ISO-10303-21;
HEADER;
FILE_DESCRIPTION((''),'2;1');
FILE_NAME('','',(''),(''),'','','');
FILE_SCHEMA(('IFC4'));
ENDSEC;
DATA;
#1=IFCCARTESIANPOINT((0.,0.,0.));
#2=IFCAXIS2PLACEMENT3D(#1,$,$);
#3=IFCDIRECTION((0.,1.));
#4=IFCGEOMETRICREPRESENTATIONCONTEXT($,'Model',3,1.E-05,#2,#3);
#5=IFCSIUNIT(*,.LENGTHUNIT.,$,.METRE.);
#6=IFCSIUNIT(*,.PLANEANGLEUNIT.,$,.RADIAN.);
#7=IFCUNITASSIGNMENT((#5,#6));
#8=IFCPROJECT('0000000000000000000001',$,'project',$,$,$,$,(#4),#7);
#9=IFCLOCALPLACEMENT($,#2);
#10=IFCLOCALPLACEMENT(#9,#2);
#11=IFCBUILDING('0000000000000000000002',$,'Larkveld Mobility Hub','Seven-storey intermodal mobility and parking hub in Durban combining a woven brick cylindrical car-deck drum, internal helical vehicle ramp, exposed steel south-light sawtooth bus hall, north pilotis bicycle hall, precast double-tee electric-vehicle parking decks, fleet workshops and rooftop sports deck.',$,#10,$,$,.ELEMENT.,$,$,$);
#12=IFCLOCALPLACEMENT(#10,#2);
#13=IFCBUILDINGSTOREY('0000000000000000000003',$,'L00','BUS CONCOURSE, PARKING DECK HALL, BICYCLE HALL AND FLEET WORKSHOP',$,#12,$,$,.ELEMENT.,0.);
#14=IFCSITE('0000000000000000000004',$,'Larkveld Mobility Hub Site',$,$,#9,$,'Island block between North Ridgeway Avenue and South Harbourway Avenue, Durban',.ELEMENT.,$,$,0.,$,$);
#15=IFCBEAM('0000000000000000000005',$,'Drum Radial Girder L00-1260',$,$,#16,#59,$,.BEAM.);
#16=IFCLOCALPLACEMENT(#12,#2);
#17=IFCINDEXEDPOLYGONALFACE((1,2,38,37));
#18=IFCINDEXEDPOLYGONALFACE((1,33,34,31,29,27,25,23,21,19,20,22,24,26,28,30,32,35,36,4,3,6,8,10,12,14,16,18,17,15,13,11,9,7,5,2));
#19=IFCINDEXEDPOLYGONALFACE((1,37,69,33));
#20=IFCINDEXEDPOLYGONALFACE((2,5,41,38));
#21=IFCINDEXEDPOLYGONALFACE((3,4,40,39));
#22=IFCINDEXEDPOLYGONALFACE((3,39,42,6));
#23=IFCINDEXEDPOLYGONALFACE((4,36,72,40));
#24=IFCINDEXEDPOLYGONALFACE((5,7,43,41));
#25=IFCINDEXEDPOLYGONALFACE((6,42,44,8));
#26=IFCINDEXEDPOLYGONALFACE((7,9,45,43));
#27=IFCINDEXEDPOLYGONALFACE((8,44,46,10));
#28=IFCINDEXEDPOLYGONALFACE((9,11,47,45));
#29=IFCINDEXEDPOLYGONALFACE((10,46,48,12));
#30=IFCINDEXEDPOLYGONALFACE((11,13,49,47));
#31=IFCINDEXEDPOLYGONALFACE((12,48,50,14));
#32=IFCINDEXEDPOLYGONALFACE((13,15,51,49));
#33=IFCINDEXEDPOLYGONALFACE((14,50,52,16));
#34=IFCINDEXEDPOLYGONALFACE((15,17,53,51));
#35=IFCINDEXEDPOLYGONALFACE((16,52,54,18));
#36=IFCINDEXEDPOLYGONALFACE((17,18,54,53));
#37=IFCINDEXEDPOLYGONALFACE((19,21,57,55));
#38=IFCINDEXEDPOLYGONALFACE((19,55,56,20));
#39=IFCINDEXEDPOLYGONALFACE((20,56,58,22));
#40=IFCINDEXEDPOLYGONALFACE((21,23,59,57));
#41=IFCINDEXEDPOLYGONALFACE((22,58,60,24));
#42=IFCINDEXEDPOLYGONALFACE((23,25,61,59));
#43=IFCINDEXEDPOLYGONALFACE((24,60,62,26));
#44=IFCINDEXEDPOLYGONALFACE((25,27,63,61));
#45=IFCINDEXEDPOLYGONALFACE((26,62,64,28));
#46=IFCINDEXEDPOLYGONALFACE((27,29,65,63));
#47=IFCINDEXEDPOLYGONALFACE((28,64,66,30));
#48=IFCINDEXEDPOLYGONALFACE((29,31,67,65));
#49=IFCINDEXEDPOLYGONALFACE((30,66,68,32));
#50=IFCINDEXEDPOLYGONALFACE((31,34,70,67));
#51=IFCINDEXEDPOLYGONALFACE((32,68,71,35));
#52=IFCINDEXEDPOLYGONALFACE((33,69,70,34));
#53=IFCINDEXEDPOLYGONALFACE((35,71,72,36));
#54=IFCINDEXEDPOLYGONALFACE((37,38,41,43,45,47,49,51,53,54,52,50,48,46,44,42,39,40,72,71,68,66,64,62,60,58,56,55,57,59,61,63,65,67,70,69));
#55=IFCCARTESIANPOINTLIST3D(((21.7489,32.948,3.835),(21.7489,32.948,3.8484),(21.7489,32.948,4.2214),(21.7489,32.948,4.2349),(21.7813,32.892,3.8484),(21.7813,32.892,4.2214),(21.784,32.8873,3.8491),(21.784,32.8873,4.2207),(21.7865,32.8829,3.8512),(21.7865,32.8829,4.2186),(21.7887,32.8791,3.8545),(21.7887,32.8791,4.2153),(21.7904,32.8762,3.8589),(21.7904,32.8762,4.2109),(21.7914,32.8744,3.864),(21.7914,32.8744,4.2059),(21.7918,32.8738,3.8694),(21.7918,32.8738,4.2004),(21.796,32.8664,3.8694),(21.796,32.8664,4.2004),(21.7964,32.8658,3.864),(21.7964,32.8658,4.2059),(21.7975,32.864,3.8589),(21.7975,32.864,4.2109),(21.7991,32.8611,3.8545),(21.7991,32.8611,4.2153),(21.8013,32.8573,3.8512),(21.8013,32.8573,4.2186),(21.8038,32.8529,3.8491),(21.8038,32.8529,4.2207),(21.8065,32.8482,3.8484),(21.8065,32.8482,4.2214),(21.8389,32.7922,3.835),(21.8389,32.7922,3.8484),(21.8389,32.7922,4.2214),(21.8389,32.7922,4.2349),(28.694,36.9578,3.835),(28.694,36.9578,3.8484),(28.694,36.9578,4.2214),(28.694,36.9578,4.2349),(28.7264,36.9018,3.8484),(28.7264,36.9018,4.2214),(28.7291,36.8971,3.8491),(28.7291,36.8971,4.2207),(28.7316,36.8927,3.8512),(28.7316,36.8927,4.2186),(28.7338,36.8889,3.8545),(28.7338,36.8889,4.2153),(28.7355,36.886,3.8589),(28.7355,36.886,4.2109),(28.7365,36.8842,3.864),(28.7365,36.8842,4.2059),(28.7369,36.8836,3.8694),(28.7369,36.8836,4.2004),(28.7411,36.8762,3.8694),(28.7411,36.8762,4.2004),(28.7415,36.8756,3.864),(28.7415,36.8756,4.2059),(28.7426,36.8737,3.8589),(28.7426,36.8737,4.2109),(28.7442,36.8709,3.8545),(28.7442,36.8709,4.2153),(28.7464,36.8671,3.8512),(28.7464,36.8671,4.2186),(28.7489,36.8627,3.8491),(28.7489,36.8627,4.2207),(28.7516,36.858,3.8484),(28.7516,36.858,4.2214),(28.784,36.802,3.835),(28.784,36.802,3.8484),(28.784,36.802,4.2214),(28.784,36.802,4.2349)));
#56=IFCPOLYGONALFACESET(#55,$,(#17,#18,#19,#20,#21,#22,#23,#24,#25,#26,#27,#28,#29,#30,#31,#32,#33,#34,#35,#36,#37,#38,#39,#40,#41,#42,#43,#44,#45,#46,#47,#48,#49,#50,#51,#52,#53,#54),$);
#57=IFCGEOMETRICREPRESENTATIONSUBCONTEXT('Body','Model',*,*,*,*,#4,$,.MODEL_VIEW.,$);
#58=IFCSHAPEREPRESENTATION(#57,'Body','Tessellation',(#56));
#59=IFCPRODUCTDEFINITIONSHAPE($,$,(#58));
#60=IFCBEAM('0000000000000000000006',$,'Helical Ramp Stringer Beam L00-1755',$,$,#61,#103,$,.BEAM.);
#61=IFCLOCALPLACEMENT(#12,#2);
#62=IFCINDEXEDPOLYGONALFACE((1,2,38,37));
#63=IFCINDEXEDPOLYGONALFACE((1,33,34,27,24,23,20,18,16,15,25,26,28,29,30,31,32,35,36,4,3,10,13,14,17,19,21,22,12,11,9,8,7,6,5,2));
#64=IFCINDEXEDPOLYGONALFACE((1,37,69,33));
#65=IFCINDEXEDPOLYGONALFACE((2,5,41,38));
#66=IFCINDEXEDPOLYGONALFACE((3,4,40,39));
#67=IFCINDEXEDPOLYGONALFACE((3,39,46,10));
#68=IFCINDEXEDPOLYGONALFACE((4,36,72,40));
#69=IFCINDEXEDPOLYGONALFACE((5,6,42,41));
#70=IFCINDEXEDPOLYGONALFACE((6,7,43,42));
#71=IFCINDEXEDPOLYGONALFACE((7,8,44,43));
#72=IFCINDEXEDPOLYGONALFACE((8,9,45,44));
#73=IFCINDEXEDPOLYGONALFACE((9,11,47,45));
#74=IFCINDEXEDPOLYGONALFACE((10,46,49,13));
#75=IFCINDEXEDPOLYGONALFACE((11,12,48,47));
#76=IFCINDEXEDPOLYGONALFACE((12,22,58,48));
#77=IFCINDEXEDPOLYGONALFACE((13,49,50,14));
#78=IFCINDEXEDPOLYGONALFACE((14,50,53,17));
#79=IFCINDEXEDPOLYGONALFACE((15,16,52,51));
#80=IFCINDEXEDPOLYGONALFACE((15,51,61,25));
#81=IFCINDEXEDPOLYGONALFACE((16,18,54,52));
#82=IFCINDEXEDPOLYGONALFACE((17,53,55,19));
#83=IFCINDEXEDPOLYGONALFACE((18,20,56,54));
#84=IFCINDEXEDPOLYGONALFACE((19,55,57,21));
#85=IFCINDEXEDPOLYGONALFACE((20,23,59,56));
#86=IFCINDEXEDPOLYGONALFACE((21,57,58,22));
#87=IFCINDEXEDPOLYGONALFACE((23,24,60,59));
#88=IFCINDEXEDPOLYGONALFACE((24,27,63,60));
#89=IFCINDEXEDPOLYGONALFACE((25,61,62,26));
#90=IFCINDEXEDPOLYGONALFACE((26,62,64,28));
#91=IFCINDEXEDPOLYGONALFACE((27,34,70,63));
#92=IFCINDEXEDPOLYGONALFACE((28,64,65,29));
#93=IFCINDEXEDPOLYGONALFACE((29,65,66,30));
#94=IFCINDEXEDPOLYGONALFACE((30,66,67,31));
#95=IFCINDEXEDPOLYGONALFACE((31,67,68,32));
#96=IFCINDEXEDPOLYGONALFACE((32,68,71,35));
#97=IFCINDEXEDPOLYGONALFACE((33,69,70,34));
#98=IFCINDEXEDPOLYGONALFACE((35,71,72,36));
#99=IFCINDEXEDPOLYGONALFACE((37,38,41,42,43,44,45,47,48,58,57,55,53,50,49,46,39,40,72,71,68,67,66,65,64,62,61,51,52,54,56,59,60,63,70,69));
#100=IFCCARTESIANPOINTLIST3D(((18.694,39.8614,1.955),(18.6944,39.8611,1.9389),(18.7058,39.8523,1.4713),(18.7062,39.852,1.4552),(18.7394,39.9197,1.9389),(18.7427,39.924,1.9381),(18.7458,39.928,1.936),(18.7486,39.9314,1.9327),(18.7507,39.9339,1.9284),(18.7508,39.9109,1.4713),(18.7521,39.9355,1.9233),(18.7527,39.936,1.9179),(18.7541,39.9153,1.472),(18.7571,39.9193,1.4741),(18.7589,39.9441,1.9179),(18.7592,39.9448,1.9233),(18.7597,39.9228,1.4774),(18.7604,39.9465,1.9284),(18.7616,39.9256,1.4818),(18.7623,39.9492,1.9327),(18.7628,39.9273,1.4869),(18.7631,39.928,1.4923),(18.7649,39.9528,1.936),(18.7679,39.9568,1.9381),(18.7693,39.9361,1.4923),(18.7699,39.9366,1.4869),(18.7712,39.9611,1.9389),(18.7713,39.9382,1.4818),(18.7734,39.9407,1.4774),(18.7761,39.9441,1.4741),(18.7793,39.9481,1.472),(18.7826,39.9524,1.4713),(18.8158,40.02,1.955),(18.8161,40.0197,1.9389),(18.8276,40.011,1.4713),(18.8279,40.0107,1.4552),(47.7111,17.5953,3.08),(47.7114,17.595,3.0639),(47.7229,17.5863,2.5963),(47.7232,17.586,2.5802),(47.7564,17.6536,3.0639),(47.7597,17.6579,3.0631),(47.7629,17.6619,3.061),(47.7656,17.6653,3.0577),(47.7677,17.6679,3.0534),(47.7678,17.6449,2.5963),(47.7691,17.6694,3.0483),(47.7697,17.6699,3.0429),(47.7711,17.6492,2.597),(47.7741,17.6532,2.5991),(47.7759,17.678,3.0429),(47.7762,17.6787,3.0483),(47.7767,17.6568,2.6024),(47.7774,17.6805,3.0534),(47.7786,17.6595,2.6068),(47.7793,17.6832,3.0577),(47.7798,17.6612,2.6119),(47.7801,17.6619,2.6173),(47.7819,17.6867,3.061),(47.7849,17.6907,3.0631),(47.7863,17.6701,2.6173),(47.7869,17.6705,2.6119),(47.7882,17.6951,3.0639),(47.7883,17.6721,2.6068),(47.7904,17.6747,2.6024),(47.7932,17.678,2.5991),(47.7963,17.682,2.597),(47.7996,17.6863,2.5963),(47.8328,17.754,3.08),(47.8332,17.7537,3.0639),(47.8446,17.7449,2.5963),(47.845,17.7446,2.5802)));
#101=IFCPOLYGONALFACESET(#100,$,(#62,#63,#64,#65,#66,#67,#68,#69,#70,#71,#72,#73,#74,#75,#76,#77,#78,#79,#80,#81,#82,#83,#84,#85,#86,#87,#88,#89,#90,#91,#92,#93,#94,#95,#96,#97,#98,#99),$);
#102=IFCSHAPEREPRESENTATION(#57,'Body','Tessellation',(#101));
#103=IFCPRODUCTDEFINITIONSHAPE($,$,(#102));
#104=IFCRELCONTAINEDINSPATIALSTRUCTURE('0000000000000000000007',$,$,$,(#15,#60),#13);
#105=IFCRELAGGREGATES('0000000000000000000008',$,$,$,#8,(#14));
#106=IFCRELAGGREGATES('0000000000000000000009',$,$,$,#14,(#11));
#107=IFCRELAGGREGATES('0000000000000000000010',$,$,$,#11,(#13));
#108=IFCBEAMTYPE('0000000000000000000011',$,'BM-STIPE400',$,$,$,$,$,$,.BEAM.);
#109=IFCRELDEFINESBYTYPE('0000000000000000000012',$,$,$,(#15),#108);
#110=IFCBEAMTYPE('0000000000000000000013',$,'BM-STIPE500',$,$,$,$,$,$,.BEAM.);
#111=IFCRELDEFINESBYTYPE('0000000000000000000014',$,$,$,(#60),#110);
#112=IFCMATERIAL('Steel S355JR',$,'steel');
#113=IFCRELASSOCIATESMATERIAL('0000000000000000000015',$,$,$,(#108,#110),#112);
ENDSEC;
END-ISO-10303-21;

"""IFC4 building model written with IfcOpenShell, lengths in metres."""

from ifc_helpers import new_model, si_unit, direction, frame, origin, origin_2d, place, context, subcontext, project, spatial, i_section, extrude, material, material_profile, profile_set, type_object, element, save


model = new_model("IFC4")

# Units and contexts
model_context = context("Model", 3, precision=1e-05, world=origin(), true_north=direction((0.0, 1.0)))
body_context = subcontext(model_context, "Body", "Model", "MODEL_VIEW")
ifc_project = project(units=[si_unit("LENGTHUNIT", "METRE"), si_unit("PLANEANGLEUNIT", "RADIAN")], contexts=[model_context])

# Site, building, storey
site_placement = place(None, origin())
site = spatial("IfcSite", under=ifc_project, at=site_placement, Name="Larkveld Mobility Hub Site", LongName="Island block between North Ridgeway Avenue and South Harbourway Avenue, Durban", CompositionType="ELEMENT", RefElevation=0.0)
building_placement = place(site_placement, origin())
building = spatial("IfcBuilding", under=site, at=building_placement, Name="Larkveld Mobility Hub", Description="Seven-storey intermodal mobility and parking hub in Durban combining a woven brick cylindrical car-deck drum, internal helical vehicle ramp, exposed steel south-light sawtooth bus hall, north pilotis bicycle hall, precast double-tee electric-vehicle parking decks, fleet workshops and rooftop sports deck.", CompositionType="ELEMENT")
storey_placement = place(building_placement, origin())
storey = spatial("IfcBuildingStorey", under=building, at=storey_placement, Name="L00", Description="BUS CONCOURSE, PARKING DECK HALL, BICYCLE HALL AND FLEET WORKSHOP", CompositionType="ELEMENT", Elevation=0.0)

# Beams
ifc_material_1 = material(Name="Steel S355JR", Category="steel")
ifc_material_profile_1 = material_profile(ifc_material_1, i_section(OverallWidth=0.1799, OverallDepth=0.3999, WebThickness=0.0085, FlangeThickness=0.0134, FilletRadius=0.021, at=origin_2d()), Name="IPE 400")
ifc_profile_set_1 = profile_set([ifc_material_profile_1], Name="Steel S355JR")
beam_type_1 = type_object("IfcBeamType", Name="BM-STIPE400", PredefinedType="BEAM", material=ifc_profile_set_1)
beam_1_placement = place(storey_placement, frame((28.739, 36.8799, 4.0349), z_axis=(-0.866024, -0.500003, 0.0), x_axis=(0.500003, -0.866024, 0.0)))
element("IfcBeam", 1, at=beam_1_placement, inside=storey, type_object=beam_type_1, Name="Drum Radial Girder L00-1260", PredefinedType="BEAM", context=body_context, shape_type="SweptSolid", body=[
    extrude(i_section(OverallWidth=0.1799, OverallDepth=0.3999, WebThickness=0.0085, FlangeThickness=0.0134, FilletRadius=0.021, at=origin_2d()), origin(), (0.0, 0.0, 1.0), 8.0195),
])
ifc_material_profile_2 = material_profile(ifc_material_1, i_section(OverallWidth=0.2, OverallDepth=0.5, WebThickness=0.0103, FlangeThickness=0.0161, FilletRadius=0.021, at=origin_2d()), Name="IPE 500")
ifc_profile_set_2 = profile_set([ifc_material_profile_2], Name="Steel S355JR")
beam_type_2 = type_object("IfcBeamType", Name="BM-STIPE500", PredefinedType="BEAM", material=ifc_profile_set_2)
beam_2_placement = place(storey_placement, frame((18.761, 39.936, 1.7051), z_axis=(0.792971, -0.608483, 0.030744), x_axis=(0.60877, 0.793347, 0.0)))
element("IfcBeam", 2, at=beam_2_placement, inside=storey, type_object=beam_type_2, Name="Helical Ramp Stringer Beam L00-1755", PredefinedType="BEAM", context=body_context, shape_type="SweptSolid", body=[
    extrude(i_section(OverallWidth=0.2, OverallDepth=0.5, WebThickness=0.0103, FlangeThickness=0.0161, FilletRadius=0.021, at=origin_2d()), origin(), (0.0, 0.0, 1.0), 36.5928),
])

save(model, "model.ifc")
